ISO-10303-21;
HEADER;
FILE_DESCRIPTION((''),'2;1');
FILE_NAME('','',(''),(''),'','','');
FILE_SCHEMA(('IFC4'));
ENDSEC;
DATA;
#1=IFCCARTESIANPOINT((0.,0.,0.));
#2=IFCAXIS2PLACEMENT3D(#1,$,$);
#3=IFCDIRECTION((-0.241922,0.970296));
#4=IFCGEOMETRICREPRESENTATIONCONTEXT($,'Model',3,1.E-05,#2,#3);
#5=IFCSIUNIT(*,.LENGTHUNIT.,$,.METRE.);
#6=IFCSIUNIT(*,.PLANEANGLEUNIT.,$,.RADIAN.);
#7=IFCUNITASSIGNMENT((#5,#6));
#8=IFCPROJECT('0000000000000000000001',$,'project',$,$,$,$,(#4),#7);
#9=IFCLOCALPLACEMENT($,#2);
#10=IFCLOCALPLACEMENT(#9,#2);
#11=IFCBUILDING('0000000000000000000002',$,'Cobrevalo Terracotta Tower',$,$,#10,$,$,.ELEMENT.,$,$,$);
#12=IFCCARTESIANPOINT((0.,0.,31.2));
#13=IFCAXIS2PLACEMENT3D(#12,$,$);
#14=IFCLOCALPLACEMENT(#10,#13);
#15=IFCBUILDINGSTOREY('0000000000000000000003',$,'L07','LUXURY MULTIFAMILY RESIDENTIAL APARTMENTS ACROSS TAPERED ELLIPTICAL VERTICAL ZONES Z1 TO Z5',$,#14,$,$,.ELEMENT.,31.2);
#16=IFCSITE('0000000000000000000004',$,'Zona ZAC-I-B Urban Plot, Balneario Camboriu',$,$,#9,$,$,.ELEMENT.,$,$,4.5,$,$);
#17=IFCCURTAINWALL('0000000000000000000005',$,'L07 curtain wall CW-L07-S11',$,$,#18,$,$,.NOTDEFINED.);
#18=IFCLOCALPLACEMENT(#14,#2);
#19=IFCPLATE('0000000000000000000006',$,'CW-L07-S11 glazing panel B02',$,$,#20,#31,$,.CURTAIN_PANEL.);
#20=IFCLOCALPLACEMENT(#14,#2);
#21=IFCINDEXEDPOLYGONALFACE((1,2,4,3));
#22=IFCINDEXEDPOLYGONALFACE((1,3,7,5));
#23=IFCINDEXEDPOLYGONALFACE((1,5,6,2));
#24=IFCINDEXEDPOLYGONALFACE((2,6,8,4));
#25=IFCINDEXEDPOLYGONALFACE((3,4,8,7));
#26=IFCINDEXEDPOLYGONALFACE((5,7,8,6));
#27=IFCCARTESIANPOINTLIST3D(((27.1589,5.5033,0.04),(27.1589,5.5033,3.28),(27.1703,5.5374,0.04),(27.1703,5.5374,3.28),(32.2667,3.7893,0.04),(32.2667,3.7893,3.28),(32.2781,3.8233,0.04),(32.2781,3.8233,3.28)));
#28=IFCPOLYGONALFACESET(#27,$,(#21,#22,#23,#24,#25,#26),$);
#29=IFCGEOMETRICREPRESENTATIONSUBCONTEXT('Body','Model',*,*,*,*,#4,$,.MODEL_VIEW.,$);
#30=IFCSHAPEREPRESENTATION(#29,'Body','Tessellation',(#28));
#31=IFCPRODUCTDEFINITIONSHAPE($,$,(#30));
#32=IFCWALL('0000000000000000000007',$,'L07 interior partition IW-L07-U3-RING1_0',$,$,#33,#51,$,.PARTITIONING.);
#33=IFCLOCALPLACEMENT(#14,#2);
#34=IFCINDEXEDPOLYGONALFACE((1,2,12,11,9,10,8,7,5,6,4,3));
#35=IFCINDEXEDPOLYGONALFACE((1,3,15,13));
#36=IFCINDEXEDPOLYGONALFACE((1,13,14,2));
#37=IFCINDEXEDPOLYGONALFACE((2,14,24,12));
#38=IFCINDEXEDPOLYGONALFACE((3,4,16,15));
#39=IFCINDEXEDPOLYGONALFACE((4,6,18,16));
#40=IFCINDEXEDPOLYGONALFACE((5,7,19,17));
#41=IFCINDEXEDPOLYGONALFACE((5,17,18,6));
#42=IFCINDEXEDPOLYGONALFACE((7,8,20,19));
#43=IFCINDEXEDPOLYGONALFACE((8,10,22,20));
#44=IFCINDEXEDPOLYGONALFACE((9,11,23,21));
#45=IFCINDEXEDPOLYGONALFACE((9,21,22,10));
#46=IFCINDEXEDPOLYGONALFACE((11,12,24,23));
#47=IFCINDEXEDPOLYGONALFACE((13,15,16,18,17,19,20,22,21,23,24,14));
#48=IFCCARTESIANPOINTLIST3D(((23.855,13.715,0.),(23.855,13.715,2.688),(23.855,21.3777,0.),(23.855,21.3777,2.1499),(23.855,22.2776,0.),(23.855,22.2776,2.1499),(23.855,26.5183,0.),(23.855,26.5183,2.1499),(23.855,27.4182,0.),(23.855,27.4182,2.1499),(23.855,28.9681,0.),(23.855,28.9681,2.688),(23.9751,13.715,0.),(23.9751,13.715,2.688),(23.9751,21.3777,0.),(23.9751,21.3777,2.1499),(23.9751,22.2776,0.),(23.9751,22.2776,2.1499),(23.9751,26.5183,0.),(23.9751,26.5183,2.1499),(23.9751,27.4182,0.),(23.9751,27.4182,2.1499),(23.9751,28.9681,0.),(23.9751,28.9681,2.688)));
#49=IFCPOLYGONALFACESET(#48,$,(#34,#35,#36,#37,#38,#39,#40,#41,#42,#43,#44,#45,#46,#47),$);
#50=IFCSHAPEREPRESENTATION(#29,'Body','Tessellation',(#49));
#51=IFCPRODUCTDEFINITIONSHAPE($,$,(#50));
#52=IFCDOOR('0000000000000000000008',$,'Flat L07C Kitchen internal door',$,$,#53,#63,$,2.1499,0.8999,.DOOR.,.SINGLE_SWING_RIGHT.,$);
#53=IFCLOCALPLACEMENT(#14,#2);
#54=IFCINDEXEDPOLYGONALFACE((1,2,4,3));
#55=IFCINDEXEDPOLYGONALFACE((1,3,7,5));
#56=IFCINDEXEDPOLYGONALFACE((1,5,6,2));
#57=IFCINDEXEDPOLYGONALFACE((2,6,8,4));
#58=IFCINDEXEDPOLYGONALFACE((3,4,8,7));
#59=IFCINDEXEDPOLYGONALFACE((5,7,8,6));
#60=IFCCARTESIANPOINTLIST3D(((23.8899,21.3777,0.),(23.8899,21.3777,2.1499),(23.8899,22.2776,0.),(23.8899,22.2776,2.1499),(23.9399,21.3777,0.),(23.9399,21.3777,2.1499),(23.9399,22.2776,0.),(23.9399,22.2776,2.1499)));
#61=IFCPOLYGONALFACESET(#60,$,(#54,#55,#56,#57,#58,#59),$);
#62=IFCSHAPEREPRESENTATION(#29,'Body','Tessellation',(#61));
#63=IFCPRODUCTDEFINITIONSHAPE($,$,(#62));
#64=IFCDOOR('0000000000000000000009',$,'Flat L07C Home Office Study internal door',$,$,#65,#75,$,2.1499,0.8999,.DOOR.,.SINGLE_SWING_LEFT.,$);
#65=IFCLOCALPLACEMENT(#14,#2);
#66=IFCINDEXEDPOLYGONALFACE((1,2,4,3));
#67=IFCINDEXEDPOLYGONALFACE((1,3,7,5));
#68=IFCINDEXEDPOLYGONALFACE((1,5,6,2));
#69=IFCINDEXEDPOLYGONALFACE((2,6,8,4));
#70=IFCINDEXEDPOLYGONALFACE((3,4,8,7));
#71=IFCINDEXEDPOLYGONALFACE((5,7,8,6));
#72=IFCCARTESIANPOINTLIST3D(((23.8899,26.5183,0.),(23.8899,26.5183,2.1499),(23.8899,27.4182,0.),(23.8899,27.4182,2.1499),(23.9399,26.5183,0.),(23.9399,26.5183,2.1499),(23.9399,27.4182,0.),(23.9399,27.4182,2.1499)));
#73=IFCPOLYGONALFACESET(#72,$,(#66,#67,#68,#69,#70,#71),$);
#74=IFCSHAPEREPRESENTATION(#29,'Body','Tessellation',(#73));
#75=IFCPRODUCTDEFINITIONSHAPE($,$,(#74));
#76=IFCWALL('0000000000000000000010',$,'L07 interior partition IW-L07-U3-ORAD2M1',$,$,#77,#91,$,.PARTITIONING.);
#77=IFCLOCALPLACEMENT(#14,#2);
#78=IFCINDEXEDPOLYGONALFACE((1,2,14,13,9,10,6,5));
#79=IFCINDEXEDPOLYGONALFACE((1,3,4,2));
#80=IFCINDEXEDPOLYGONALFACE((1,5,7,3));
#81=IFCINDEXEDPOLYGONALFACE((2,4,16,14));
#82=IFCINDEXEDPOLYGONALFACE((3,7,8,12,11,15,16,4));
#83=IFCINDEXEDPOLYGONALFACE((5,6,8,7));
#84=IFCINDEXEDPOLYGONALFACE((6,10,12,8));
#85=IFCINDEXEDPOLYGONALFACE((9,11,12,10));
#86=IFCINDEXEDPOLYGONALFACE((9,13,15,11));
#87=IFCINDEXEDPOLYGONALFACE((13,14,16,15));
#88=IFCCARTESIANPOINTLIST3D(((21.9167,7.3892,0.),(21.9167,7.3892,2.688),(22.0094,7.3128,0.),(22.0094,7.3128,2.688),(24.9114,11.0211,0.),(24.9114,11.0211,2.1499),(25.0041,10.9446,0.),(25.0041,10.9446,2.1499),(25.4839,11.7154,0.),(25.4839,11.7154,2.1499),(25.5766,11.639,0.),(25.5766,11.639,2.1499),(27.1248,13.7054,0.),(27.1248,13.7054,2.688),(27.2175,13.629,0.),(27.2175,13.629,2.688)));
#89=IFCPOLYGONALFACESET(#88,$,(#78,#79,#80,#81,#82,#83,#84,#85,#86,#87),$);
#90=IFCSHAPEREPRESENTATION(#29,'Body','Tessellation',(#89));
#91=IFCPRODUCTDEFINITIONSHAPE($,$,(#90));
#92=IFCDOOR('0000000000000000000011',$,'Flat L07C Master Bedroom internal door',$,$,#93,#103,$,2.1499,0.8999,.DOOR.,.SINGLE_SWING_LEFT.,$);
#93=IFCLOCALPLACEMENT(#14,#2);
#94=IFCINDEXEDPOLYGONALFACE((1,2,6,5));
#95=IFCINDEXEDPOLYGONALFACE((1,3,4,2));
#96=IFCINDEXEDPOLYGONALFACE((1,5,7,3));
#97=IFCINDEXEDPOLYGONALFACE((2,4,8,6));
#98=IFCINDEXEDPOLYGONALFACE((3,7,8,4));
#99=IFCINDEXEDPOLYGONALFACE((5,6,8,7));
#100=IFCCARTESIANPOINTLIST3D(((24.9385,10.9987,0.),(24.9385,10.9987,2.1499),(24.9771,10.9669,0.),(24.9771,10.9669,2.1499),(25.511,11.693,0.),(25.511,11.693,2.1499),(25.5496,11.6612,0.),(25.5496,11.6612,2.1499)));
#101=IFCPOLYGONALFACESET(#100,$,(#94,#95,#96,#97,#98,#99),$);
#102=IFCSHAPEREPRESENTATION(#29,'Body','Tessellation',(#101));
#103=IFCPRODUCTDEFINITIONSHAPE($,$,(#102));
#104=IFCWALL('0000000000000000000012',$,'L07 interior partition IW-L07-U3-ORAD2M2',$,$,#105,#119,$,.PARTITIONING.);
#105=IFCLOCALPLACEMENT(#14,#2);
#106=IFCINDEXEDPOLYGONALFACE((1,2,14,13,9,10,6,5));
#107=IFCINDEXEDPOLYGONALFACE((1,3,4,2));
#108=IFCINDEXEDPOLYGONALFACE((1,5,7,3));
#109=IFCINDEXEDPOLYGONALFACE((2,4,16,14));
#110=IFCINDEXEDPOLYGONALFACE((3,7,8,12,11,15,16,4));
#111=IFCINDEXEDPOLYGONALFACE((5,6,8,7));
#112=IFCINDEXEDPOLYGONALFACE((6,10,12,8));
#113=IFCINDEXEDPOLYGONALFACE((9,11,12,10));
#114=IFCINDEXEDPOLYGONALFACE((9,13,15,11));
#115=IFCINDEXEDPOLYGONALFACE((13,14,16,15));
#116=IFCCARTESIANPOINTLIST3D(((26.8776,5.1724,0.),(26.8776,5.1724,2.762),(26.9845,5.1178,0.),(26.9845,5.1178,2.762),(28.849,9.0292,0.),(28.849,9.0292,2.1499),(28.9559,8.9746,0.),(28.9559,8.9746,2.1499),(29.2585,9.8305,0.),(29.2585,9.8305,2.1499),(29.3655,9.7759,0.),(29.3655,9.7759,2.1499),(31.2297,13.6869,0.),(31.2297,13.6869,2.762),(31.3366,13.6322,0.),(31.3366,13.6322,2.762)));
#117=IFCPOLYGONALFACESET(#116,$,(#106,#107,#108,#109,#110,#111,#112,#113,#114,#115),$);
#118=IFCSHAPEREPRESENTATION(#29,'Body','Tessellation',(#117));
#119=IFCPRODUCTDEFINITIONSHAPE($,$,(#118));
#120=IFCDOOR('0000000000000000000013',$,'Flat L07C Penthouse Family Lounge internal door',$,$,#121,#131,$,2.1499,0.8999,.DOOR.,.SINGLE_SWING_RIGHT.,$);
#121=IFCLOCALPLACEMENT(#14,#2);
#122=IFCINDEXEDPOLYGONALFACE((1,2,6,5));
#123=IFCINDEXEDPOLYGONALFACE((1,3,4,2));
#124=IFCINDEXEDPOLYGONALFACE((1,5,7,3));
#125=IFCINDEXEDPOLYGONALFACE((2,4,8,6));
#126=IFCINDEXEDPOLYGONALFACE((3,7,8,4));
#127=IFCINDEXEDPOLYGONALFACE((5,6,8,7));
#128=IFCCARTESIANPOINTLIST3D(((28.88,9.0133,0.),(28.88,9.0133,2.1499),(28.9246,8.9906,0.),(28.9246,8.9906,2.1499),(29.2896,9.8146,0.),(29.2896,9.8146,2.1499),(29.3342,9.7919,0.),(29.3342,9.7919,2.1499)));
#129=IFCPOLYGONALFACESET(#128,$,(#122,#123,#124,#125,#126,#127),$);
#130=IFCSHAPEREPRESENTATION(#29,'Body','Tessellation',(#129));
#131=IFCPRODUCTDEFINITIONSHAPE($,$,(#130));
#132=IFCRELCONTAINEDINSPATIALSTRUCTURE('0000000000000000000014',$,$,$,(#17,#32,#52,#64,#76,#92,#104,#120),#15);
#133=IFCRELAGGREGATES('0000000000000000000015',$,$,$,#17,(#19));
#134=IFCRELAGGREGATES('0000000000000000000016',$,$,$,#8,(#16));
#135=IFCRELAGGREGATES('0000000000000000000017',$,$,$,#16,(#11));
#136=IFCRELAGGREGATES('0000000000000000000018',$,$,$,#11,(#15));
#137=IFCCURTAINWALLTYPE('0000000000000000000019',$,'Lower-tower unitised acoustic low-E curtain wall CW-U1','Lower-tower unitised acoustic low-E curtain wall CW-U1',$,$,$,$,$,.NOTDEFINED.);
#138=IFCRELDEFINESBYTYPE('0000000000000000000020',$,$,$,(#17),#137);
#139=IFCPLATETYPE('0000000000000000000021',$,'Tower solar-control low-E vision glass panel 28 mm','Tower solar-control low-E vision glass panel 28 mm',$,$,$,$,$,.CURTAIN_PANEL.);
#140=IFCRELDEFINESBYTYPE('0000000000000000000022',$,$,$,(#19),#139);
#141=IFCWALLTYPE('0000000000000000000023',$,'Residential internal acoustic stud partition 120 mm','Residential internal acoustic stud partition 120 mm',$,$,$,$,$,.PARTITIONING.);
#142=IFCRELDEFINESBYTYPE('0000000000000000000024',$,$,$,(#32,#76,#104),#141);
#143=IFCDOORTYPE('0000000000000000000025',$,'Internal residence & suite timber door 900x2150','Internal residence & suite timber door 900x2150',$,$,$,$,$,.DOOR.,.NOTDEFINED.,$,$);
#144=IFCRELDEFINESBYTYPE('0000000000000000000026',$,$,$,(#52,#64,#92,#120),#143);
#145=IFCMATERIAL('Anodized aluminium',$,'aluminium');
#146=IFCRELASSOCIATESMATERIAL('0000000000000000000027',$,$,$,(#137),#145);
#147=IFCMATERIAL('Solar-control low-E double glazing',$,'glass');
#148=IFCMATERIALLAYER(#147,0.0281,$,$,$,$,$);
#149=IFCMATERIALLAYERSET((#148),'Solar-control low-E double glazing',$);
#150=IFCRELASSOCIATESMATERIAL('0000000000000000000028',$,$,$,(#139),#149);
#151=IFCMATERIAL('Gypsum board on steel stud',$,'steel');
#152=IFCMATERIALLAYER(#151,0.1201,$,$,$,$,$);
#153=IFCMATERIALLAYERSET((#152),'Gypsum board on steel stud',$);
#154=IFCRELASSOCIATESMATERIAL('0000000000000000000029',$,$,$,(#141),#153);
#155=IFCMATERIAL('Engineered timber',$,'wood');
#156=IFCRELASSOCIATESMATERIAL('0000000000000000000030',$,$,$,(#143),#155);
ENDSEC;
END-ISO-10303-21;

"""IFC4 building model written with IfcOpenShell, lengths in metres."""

from ifc_helpers import new_model, si_unit, direction, frame, frame_2d, origin, origin_2d, place, context, subcontext, project, spatial, rectangle, extrude, source, transform, mapped, material, layer, layer_set, type_object, element, fill, aggregate, save


model = new_model("IFC4")

# Units and contexts
model_context = context("Model", 3, precision=1e-05, world=origin(), true_north=direction((-0.241922, 0.970296)))
body_context = subcontext(model_context, "Body", "Model", "MODEL_VIEW")
ifc_project = project(units=[si_unit("LENGTHUNIT", "METRE"), si_unit("PLANEANGLEUNIT", "RADIAN")], contexts=[model_context])

# Site, building, storey
site_placement = place(None, origin())
site = spatial("IfcSite", under=ifc_project, at=site_placement, Name="Zona ZAC-I-B Urban Plot, Balneario Camboriu", CompositionType="ELEMENT", RefElevation=4.5)
building_placement = place(site_placement, origin())
building = spatial("IfcBuilding", under=site, at=building_placement, Name="Cobrevalo Terracotta Tower", CompositionType="ELEMENT")
storey_placement = place(building_placement, frame((0.0, 0.0, 31.2)))
storey = spatial("IfcBuildingStorey", under=building, at=storey_placement, Name="L07", Description="LUXURY MULTIFAMILY RESIDENTIAL APARTMENTS ACROSS TAPERED ELLIPTICAL VERTICAL ZONES Z1 TO Z5", CompositionType="ELEMENT", Elevation=31.2)

# Curtain wall
ifc_material_1 = material(Name="Anodized aluminium", Category="aluminium")
curtain_wall_type = type_object("IfcCurtainWallType", Name="Lower-tower unitised acoustic low-E curtain wall CW-U1", Description="Lower-tower unitised acoustic low-E curtain wall CW-U1", PredefinedType="NOTDEFINED", material=ifc_material_1)
curtain_wall_1_placement = place(storey_placement, origin())
curtain_wall_1 = element("IfcCurtainWall", 1, at=curtain_wall_1_placement, inside=storey, type_object=curtain_wall_type, Name="L07 curtain wall CW-L07-S11", PredefinedType="NOTDEFINED")

# Plate
ifc_material_2 = material(Name="Solar-control low-E double glazing", Category="glass")
ifc_layer_1 = layer(ifc_material_2, 0.0281)
ifc_layer_set_1 = layer_set([ifc_layer_1], Name="Solar-control low-E double glazing")
plate_type = type_object("IfcPlateType", Name="Tower solar-control low-E vision glass panel 28 mm", Description="Tower solar-control low-E vision glass panel 28 mm", PredefinedType="CURTAIN_PANEL", material=ifc_layer_set_1)
shared_shape_1 = source(origin(), body_context, "Body", "SweptSolid", [
    extrude(rectangle(XDim=5.3877, YDim=0.0359, at=origin_2d()), origin(), (0.0, 0.0, 1.0), 3.24),
])
plate_1_placement = place(storey_placement, frame((29.7185, 4.6633, 0.04), z_axis=(0.0, 0.0, 1.0), x_axis=(0.948044, -0.318139, 0.0)))
plate_1 = element("IfcPlate", 2, at=plate_1_placement, type_object=plate_type, Name="CW-L07-S11 glazing panel B02", PredefinedType="CURTAIN_PANEL", context=body_context, shape_type="MappedRepresentation", body=[
    mapped(shared_shape_1, transform((0.0, 0.0, 0.0), scale=1.0)),
])
aggregate(curtain_wall_1, [plate_1])

# Wall, openings, doors
ifc_material_3 = material(Name="Gypsum board on steel stud", Category="steel")
ifc_layer_2 = layer(ifc_material_3, 0.1201)
ifc_layer_set_2 = layer_set([ifc_layer_2], Name="Gypsum board on steel stud")
wall_type = type_object("IfcWallType", Name="Residential internal acoustic stud partition 120 mm", Description="Residential internal acoustic stud partition 120 mm", PredefinedType="PARTITIONING", material=ifc_layer_set_2)
wall_1_placement = place(storey_placement, frame((23.915, 13.7151, 0.0), z_axis=(0.0, 0.0, 1.0), x_axis=(0.0, 1.0, 0.0)))
wall_1 = element("IfcWall", 3, at=wall_1_placement, inside=storey, type_object=wall_type, Name="L07 interior partition IW-L07-U3-RING1_0", PredefinedType="PARTITIONING", context=body_context, shape_type="SweptSolid", body=[
    extrude(rectangle(XDim=15.2532, YDim=0.1201, at=frame_2d((7.6265, 0.0))), origin(), (0.0, 0.0, 1.0), 2.688),
])
opening_1_placement = place(wall_1_placement, frame((7.6626, 0.0, 0.0)))
opening_1 = element("IfcOpeningElement", 4, at=opening_1_placement, cuts=wall_1, PredefinedType="OPENING", context=body_context, shape_type="SweptSolid", body=[
    extrude(rectangle(XDim=0.8999, YDim=2.1499, at=frame_2d((0.45, 1.075))), frame((0.0, 0.0701, 0.0), z_axis=(0.0, -1.0, 0.0), x_axis=(1.0, 0.0, 0.0)), (0.0, 0.0, 1.0), 0.1401),
])
opening_2_placement = place(wall_1_placement, frame((12.8032, 0.0, 0.0)))
opening_2 = element("IfcOpeningElement", 5, at=opening_2_placement, cuts=wall_1, PredefinedType="OPENING", context=body_context, shape_type="SweptSolid", body=[
    extrude(rectangle(XDim=0.8999, YDim=2.1499, at=frame_2d((0.45, 1.075))), frame((0.0, 0.0701, 0.0), z_axis=(0.0, -1.0, 0.0), x_axis=(1.0, 0.0, 0.0)), (0.0, 0.0, 1.0), 0.1401),
])
ifc_material_4 = material(Name="Engineered timber", Category="wood")
door_type = type_object("IfcDoorType", Name="Internal residence & suite timber door 900x2150", Description="Internal residence & suite timber door 900x2150", OperationType="NOTDEFINED", PredefinedType="DOOR", material=ifc_material_4)
shared_shape_2 = source(origin(), body_context, "Body", "SweptSolid", [
    extrude(rectangle(XDim=0.8999, YDim=2.1499, at=frame_2d((0.45, 1.075))), frame((0.0, 0.0249, 0.0), z_axis=(0.0, -1.0, 0.0), x_axis=(1.0, 0.0, 0.0)), (0.0, 0.0, 1.0), 0.05),
])
door_1_placement = place(opening_1_placement, frame((0.8999, 0.0, 0.0), z_axis=(0.0, 0.0, 1.0), x_axis=(-1.0, 0.0, 0.0)))
door_1 = element("IfcDoor", 6, at=door_1_placement, inside=storey, type_object=door_type, Name="Flat L07C Kitchen internal door", OperationType="SINGLE_SWING_RIGHT", OverallHeight=2.1499, OverallWidth=0.8999, PredefinedType="DOOR", context=body_context, shape_type="MappedRepresentation", body=[
    mapped(shared_shape_2, transform((0.0, 0.0, 0.0), scale=1.0)),
])
fill(opening_1, door_1)
door_2_placement = place(opening_2_placement, frame((0.8999, 0.0, 0.0), z_axis=(0.0, 0.0, 1.0), x_axis=(-1.0, 0.0, 0.0)))
door_2 = element("IfcDoor", 7, at=door_2_placement, inside=storey, type_object=door_type, Name="Flat L07C Home Office Study internal door", OperationType="SINGLE_SWING_LEFT", OverallHeight=2.1499, OverallWidth=0.8999, PredefinedType="DOOR", context=body_context, shape_type="MappedRepresentation", body=[
    mapped(shared_shape_2, transform((0.0, 0.0, 0.0), scale=1.0)),
])
fill(opening_2, door_2)

# Walls, openings, doors
wall_2_placement = place(storey_placement, frame((27.1711, 13.6672, 0.0), z_axis=(0.0, 0.0, 1.0), x_axis=(-0.636178, -0.771543, 0.0)))
wall_2 = element("IfcWall", 8, at=wall_2_placement, inside=storey, type_object=wall_type, Name="L07 interior partition IW-L07-U3-ORAD2M1", PredefinedType="PARTITIONING", context=body_context, shape_type="SweptSolid", body=[
    extrude(rectangle(XDim=8.1865, YDim=0.1201, at=frame_2d((4.0933, 0.0))), origin(), (0.0, 0.0, 1.0), 2.688),
])
opening_3_placement = place(wall_2_placement, frame((2.5793, 0.0, 0.0)))
opening_3 = element("IfcOpeningElement", 9, at=opening_3_placement, cuts=wall_2, PredefinedType="OPENING", context=body_context, shape_type="SweptSolid", body=[
    extrude(rectangle(XDim=0.8999, YDim=2.1499, at=frame_2d((0.45, 1.075))), frame((0.0, 0.0701, 0.0), z_axis=(0.0, -1.0, 0.0), x_axis=(1.0, 0.0, 0.0)), (0.0, 0.0, 1.0), 0.1401),
])
door_3_placement = place(opening_3_placement, frame((0.8999, 0.0, 0.0), z_axis=(0.0, 0.0, 1.0), x_axis=(-1.0, 0.0, 0.0)))
door_3 = element("IfcDoor", 10, at=door_3_placement, inside=storey, type_object=door_type, Name="Flat L07C Master Bedroom internal door", OperationType="SINGLE_SWING_LEFT", OverallHeight=2.1499, OverallWidth=0.8999, PredefinedType="DOOR", context=body_context, shape_type="MappedRepresentation", body=[
    mapped(shared_shape_2, transform((0.0, 0.0, 0.0), scale=1.0)),
])
fill(opening_3, door_3)
wall_3_placement = place(storey_placement, frame((31.2832, 13.6597, 0.0), z_axis=(0.0, 0.0, 1.0), x_axis=(-0.455131, -0.890424, 0.0)))
wall_3 = element("IfcWall", 11, at=wall_3_placement, inside=storey, type_object=wall_type, Name="L07 interior partition IW-L07-U3-ORAD2M2", PredefinedType="PARTITIONING", context=body_context, shape_type="SweptSolid", body=[
    extrude(rectangle(XDim=9.5623, YDim=0.1201, at=frame_2d((4.7812, 0.0))), origin(), (0.0, 0.0, 1.0), 2.762),
])
opening_4_placement = place(wall_3_placement, frame((4.3311, 0.0, 0.0)))
opening_4 = element("IfcOpeningElement", 12, at=opening_4_placement, cuts=wall_3, PredefinedType="OPENING", context=body_context, shape_type="SweptSolid", body=[
    extrude(rectangle(XDim=0.8999, YDim=2.1499, at=frame_2d((0.45, 1.075))), frame((0.0, 0.0701, 0.0), z_axis=(0.0, -1.0, 0.0), x_axis=(1.0, 0.0, 0.0)), (0.0, 0.0, 1.0), 0.1401),
])
door_4_placement = place(opening_4_placement, origin())
door_4 = element("IfcDoor", 13, at=door_4_placement, inside=storey, type_object=door_type, Name="Flat L07C Penthouse Family Lounge internal door", OperationType="SINGLE_SWING_RIGHT", OverallHeight=2.1499, OverallWidth=0.8999, PredefinedType="DOOR", context=body_context, shape_type="MappedRepresentation", body=[
    mapped(shared_shape_2, transform((0.0, 0.0, 0.0), scale=1.0)),
])
fill(opening_4, door_4)

save(model, "model.ifc")
